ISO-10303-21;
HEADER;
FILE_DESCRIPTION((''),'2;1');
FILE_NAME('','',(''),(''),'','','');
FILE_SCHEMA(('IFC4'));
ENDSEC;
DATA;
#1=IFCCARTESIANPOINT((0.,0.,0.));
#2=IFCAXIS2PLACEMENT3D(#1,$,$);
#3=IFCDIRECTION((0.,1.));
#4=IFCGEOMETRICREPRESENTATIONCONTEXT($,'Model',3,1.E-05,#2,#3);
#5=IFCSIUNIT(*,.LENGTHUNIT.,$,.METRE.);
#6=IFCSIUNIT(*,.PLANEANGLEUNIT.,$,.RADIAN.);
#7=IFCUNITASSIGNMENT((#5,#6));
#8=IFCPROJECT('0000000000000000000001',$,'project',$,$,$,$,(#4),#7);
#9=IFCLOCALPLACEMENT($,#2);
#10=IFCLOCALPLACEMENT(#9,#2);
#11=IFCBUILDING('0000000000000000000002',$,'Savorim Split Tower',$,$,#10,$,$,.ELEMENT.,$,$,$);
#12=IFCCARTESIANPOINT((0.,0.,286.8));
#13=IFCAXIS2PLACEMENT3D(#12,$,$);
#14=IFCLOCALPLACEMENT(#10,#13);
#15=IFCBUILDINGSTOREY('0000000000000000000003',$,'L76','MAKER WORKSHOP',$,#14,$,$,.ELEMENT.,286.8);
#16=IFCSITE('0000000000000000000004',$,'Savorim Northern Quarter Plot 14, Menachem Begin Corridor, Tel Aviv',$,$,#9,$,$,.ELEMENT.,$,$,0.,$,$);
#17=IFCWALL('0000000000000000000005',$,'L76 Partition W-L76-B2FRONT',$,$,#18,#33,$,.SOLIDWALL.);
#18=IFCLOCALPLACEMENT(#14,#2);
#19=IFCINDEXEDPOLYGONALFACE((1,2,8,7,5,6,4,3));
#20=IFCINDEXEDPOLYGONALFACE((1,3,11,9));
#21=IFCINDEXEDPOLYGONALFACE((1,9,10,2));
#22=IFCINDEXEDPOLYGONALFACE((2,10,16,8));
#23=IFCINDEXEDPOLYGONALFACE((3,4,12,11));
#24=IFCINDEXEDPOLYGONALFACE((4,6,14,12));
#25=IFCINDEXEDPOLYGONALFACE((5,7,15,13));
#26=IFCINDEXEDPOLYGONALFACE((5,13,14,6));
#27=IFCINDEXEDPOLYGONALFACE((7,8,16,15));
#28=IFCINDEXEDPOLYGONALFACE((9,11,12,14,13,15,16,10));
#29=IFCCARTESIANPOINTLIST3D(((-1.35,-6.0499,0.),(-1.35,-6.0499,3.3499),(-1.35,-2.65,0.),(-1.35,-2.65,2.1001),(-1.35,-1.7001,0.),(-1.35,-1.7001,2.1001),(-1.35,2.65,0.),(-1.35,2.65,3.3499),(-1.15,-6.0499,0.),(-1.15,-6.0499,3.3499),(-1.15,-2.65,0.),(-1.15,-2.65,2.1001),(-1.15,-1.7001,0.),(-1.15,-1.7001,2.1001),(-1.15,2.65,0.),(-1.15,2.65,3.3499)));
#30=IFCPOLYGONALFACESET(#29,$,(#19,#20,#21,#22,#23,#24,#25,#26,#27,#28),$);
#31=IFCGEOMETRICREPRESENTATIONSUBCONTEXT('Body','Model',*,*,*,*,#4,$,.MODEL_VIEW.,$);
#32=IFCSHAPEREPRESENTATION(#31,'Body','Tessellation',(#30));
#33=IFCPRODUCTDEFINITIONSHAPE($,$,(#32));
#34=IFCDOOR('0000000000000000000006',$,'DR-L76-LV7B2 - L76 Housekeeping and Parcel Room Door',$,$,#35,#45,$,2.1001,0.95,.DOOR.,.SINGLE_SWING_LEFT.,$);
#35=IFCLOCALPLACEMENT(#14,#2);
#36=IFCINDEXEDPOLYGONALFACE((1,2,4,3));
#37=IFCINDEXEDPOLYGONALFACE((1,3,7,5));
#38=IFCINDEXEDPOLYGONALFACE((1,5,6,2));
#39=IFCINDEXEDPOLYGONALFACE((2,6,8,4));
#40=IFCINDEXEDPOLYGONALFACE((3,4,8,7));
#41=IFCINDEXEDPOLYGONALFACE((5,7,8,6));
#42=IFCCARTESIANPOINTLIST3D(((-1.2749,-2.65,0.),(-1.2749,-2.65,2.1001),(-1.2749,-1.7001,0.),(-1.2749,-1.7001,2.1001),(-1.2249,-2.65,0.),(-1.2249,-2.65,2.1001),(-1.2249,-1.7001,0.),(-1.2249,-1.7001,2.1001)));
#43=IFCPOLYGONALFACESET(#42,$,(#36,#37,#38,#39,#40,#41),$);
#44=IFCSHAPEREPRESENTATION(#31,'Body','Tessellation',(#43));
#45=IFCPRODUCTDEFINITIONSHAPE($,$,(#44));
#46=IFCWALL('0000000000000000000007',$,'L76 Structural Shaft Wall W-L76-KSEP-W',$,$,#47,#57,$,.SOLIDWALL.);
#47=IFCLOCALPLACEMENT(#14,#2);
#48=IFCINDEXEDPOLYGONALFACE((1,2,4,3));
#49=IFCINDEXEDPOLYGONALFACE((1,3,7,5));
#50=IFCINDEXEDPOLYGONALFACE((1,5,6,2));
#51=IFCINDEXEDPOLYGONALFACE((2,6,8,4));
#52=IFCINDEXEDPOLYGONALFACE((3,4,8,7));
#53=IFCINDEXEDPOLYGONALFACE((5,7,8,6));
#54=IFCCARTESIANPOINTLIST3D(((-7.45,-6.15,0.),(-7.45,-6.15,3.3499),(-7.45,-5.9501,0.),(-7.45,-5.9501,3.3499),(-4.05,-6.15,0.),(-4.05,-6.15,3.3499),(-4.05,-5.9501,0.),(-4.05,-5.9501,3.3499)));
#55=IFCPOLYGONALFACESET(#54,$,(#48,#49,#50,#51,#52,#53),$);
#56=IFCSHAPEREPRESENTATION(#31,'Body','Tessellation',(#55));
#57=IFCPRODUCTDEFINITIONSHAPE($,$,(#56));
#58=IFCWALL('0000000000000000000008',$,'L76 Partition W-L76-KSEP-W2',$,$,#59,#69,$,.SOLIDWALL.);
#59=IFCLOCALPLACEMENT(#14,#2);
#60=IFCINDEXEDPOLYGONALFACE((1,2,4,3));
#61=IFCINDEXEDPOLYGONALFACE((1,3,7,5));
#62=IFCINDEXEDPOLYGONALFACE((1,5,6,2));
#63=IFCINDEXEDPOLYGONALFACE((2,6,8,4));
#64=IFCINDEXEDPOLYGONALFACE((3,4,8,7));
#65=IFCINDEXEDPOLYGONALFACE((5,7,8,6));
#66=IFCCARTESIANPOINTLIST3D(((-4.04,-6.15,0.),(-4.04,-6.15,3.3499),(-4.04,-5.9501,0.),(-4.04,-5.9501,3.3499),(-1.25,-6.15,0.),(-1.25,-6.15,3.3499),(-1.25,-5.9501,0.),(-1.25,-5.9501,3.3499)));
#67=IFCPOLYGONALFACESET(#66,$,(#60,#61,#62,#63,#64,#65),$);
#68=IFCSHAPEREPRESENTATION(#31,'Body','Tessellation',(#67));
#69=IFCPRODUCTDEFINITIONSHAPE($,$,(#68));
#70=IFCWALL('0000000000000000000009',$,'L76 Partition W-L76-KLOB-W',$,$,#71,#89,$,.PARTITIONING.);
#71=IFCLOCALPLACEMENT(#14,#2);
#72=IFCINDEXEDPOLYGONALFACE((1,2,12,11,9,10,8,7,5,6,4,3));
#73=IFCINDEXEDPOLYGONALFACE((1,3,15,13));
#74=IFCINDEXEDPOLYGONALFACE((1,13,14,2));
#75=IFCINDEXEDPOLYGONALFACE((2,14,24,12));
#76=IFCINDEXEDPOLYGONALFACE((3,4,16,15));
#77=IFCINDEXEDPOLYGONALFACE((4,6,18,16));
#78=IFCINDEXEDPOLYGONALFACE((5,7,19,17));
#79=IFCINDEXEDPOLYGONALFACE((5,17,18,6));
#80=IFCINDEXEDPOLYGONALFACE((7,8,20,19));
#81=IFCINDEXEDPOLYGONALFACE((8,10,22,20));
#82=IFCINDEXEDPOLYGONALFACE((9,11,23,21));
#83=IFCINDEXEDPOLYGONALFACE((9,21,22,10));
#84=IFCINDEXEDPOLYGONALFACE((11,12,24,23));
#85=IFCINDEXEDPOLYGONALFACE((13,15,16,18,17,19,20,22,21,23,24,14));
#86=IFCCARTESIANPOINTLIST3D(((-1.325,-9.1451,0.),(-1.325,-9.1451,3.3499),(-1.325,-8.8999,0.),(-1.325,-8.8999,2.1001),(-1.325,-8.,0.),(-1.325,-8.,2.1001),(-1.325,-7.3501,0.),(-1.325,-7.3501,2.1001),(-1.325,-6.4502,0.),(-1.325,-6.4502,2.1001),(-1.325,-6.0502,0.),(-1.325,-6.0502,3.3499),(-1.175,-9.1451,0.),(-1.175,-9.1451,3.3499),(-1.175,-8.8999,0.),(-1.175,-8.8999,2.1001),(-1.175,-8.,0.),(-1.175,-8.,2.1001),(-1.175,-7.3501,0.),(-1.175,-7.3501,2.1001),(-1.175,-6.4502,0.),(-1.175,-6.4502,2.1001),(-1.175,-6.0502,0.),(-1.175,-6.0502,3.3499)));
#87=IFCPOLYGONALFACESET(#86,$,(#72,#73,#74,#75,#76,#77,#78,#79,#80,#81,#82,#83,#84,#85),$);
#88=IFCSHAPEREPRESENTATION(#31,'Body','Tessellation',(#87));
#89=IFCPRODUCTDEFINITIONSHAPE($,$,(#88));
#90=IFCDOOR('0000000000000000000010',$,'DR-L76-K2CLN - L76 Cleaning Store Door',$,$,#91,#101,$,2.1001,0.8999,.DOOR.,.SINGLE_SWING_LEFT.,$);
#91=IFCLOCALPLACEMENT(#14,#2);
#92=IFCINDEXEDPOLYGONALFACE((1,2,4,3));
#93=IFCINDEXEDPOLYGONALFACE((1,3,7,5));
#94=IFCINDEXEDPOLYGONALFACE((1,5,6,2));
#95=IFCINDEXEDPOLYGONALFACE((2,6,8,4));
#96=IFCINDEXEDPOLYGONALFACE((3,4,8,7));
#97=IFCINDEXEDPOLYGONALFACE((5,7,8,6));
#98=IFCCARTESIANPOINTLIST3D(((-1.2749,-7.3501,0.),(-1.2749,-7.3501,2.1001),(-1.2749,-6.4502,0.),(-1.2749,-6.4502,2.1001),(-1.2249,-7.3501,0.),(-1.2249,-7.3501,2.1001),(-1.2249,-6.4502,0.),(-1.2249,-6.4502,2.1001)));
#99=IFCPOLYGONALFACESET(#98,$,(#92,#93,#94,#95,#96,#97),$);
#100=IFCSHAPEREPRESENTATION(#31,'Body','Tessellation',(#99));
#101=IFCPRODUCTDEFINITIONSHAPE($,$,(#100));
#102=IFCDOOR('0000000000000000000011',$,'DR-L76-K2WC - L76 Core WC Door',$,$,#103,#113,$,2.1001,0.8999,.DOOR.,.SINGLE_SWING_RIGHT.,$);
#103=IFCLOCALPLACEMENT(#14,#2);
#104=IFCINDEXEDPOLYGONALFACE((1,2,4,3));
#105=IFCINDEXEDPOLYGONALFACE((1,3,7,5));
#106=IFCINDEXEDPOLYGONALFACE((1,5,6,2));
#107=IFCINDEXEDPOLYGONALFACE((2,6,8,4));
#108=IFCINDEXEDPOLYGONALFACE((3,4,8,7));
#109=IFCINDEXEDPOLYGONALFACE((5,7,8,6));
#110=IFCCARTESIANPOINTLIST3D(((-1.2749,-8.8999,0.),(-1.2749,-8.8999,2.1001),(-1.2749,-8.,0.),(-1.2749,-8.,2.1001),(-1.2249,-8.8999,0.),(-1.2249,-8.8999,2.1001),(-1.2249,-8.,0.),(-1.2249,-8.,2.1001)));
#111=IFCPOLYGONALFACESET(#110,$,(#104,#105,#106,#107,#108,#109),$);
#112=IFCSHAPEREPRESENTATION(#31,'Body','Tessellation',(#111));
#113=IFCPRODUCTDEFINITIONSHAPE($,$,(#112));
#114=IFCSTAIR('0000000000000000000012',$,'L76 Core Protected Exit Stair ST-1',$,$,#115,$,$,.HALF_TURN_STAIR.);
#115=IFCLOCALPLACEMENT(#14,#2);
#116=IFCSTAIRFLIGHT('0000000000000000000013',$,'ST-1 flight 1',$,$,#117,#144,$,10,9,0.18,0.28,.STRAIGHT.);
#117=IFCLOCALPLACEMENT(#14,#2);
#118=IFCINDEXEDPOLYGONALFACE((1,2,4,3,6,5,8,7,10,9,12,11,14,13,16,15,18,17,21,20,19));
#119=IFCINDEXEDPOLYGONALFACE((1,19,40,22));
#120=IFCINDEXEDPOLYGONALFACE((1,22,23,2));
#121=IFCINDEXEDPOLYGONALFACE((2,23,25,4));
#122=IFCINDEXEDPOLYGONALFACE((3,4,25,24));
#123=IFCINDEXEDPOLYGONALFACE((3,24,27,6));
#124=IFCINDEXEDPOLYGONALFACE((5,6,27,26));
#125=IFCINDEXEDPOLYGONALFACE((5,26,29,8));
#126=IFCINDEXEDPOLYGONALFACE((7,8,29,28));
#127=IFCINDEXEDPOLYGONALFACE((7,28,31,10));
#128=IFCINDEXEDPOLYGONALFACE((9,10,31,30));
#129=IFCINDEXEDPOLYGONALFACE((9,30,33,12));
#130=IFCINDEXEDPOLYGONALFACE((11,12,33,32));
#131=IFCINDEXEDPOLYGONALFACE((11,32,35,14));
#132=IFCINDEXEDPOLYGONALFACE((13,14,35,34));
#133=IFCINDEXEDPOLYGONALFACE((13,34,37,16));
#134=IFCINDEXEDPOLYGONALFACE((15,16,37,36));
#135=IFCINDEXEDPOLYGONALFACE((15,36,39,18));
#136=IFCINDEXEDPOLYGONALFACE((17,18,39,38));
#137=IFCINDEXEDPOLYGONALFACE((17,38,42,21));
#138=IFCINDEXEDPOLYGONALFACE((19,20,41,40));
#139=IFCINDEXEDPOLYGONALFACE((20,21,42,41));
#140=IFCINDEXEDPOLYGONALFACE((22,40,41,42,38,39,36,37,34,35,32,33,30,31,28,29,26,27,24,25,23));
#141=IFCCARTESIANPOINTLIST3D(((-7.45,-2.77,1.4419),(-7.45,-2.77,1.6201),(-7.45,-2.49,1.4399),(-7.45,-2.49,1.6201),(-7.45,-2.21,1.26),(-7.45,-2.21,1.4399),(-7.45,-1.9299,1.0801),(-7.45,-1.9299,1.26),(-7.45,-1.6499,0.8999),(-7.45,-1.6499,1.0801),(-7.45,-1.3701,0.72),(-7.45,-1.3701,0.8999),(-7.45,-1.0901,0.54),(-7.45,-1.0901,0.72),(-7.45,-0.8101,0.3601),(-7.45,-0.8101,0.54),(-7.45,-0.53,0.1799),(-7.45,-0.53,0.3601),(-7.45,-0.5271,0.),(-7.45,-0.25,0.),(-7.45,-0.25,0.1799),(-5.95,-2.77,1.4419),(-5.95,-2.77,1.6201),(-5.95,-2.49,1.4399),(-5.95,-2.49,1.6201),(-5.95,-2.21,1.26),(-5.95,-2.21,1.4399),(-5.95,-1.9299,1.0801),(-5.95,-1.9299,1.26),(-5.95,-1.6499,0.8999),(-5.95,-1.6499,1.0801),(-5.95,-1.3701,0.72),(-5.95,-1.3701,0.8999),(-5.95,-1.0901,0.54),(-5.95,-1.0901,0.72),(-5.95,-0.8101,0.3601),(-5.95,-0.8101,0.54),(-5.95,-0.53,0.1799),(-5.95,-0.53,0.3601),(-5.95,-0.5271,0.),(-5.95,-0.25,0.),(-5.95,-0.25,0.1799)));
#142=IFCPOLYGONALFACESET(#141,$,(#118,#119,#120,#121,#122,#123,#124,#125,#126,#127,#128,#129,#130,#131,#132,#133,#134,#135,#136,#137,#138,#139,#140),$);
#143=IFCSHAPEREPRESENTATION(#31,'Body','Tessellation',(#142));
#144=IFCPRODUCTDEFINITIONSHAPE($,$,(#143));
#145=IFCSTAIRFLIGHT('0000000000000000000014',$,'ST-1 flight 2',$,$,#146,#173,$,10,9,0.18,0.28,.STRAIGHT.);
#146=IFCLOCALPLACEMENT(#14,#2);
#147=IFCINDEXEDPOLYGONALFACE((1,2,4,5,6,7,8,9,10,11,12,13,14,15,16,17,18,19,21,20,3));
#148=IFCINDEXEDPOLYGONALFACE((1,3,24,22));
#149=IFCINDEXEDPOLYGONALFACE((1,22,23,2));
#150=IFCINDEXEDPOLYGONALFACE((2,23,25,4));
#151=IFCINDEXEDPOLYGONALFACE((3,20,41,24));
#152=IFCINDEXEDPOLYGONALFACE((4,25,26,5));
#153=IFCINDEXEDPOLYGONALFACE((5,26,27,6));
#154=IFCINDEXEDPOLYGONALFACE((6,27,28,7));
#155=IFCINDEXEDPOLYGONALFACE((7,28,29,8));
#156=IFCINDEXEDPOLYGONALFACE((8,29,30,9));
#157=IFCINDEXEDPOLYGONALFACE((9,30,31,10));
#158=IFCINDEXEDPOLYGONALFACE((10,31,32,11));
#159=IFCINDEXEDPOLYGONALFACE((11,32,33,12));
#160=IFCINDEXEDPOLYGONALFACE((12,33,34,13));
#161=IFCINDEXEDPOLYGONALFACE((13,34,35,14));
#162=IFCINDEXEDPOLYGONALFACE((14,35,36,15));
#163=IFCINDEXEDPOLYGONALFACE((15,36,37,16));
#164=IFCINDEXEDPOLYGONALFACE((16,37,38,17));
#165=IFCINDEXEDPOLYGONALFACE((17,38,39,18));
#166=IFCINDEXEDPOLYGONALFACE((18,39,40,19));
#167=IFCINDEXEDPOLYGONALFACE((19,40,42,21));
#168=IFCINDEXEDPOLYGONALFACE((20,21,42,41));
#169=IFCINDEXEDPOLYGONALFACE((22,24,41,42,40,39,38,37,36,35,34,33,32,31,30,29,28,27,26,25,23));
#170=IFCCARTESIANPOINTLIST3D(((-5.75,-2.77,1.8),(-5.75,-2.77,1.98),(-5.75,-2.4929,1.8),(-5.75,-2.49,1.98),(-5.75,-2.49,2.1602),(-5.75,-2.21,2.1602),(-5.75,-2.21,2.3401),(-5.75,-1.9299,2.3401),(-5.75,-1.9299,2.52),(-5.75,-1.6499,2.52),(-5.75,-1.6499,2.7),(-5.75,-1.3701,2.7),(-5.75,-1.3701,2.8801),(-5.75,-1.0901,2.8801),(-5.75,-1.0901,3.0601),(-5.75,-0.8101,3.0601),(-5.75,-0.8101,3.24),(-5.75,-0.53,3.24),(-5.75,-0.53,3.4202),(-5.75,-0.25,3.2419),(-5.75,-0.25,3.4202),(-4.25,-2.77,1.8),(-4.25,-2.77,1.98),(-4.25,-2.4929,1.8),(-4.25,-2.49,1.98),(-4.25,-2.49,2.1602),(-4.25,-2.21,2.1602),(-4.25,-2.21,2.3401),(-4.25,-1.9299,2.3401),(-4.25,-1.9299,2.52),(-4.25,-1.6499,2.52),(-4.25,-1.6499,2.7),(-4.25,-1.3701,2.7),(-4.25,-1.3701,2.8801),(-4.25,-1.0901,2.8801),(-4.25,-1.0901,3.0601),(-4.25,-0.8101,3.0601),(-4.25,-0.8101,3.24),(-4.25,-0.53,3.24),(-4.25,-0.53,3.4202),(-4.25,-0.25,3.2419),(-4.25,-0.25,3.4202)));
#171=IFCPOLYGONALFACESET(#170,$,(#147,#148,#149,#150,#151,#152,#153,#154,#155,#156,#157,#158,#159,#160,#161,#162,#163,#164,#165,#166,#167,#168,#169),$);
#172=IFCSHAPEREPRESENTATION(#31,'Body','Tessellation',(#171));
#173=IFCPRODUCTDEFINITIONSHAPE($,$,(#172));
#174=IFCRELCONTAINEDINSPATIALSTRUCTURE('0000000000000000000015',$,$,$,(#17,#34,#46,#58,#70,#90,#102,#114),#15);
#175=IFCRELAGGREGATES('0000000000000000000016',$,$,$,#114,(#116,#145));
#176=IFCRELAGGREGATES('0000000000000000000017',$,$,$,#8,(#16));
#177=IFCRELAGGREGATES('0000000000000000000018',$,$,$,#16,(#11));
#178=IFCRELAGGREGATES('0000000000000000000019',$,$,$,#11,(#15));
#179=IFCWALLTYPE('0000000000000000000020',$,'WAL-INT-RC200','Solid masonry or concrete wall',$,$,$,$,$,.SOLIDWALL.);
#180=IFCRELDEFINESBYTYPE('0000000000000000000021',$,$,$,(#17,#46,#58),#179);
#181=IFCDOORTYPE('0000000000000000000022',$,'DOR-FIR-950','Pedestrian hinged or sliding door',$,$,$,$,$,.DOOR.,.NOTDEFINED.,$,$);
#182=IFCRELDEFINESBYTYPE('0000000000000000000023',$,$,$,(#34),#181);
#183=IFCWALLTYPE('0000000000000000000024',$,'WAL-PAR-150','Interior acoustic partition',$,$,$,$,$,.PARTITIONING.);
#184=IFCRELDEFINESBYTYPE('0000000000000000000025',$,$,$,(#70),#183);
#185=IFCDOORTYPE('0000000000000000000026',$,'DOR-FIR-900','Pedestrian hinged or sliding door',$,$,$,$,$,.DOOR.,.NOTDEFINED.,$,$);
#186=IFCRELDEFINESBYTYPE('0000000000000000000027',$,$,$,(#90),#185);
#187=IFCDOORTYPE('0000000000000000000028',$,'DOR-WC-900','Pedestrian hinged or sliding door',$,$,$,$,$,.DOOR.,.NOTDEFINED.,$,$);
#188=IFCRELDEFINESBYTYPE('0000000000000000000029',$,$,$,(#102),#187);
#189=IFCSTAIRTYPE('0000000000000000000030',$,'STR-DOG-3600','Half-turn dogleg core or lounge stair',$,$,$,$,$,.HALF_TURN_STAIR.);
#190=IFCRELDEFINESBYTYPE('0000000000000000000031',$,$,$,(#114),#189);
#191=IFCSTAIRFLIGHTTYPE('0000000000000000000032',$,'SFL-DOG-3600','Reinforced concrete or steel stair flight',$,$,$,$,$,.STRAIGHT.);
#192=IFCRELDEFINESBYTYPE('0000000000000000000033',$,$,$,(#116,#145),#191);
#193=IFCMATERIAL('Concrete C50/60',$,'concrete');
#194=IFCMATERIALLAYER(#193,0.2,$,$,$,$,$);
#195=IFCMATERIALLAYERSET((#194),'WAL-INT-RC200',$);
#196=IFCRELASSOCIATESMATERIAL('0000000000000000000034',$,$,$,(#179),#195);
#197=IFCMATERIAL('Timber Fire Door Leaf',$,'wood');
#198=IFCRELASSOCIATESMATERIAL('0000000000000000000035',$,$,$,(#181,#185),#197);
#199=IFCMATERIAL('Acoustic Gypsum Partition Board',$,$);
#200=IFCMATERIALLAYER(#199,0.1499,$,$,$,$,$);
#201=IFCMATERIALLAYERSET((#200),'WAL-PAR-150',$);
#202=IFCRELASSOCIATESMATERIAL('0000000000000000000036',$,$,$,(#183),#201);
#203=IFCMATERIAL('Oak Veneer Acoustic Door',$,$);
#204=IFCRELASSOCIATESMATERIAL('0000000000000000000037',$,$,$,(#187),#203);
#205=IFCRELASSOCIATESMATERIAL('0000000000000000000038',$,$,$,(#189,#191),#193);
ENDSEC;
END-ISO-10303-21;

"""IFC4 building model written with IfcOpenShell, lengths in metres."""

from ifc_helpers import new_model, si_unit, direction, frame, frame_2d, origin, place, context, subcontext, project, spatial, polyline, rectangle, outline, extrude, material, layer, layer_set, type_object, element, fill, aggregate, save


model = new_model("IFC4")

# Units and contexts
model_context = context("Model", 3, precision=1e-05, world=origin(), true_north=direction((0.0, 1.0)))
body_context = subcontext(model_context, "Body", "Model", "MODEL_VIEW")
ifc_project = project(units=[si_unit("LENGTHUNIT", "METRE"), si_unit("PLANEANGLEUNIT", "RADIAN")], contexts=[model_context])

# Site, building, storey
site_placement = place(None, origin())
site = spatial("IfcSite", under=ifc_project, at=site_placement, Name="Savorim Northern Quarter Plot 14, Menachem Begin Corridor, Tel Aviv", CompositionType="ELEMENT", RefElevation=0.0)
building_placement = place(site_placement, origin())
building = spatial("IfcBuilding", under=site, at=building_placement, Name="Savorim Split Tower", CompositionType="ELEMENT")
storey_placement = place(building_placement, frame((0.0, 0.0, 286.8)))
storey = spatial("IfcBuildingStorey", under=building, at=storey_placement, Name="L76", Description="MAKER WORKSHOP", CompositionType="ELEMENT", Elevation=286.8)

# Shared definitions
ifc_material_1 = material(Name="Timber Fire Door Leaf", Category="wood")

# Shared definitions
ifc_material_2 = material(Name="Concrete C50/60", Category="concrete")
ifc_layer_1 = layer(ifc_material_2, 0.2)
ifc_layer_set_1 = layer_set([ifc_layer_1], Name="WAL-INT-RC200")
wall_type_1 = type_object("IfcWallType", Name="WAL-INT-RC200", Description="Solid masonry or concrete wall", PredefinedType="SOLIDWALL", material=ifc_layer_set_1)

# Wall, opening, door
wall_1_placement = place(storey_placement, frame((-1.25, -6.05, 0.0), z_axis=(0.0, 0.0, 1.0), x_axis=(0.0, 1.0, 0.0)))
wall_1 = element("IfcWall", 1, at=wall_1_placement, inside=storey, type_object=wall_type_1, Name="L76 Partition W-L76-B2FRONT", PredefinedType="SOLIDWALL", context=body_context, shape_type="SweptSolid", body=[
    extrude(rectangle(XDim=8.7, YDim=0.2, at=frame_2d((4.3501, 0.0))), origin(), (0.0, 0.0, 1.0), 3.3499),
])
opening_1_placement = place(wall_1_placement, frame((3.3999, 0.0, 0.0)))
opening_1 = element("IfcOpeningElement", 2, at=opening_1_placement, cuts=wall_1, PredefinedType="OPENING", context=body_context, shape_type="SweptSolid", body=[
    extrude(rectangle(XDim=0.95, YDim=2.1001, at=frame_2d((0.4751, 1.05))), frame((0.0, 0.1099, 0.0), z_axis=(0.0, -1.0, 0.0), x_axis=(1.0, 0.0, 0.0)), (0.0, 0.0, 1.0), 0.22),
])
door_type_1 = type_object("IfcDoorType", Name="DOR-FIR-950", Description="Pedestrian hinged or sliding door", OperationType="NOTDEFINED", PredefinedType="DOOR", material=ifc_material_1)
door_1_placement = place(opening_1_placement, origin())
door_1 = element("IfcDoor", 3, at=door_1_placement, inside=storey, type_object=door_type_1, Name="DR-L76-LV7B2 - L76 Housekeeping and Parcel Room Door", OperationType="SINGLE_SWING_LEFT", OverallHeight=2.1001, OverallWidth=0.95, PredefinedType="DOOR", context=body_context, shape_type="SweptSolid", body=[
    extrude(rectangle(XDim=0.95, YDim=2.1001, at=frame_2d((0.4751, 1.05))), frame((0.0, 0.0249, 0.0), z_axis=(0.0, -1.0, 0.0), x_axis=(1.0, 0.0, 0.0)), (0.0, 0.0, 1.0), 0.05),
])
fill(opening_1, door_1)

# Walls
wall_2_placement = place(storey_placement, frame((-7.45, -6.05, 0.0), z_axis=(0.0, 0.0, 1.0), x_axis=(1.0, 0.0, 0.0)))
element("IfcWall", 4, at=wall_2_placement, inside=storey, type_object=wall_type_1, Name="L76 Structural Shaft Wall W-L76-KSEP-W", PredefinedType="SOLIDWALL", context=body_context, shape_type="SweptSolid", body=[
    extrude(rectangle(XDim=3.3999, YDim=0.2, at=frame_2d((1.7, 0.0))), origin(), (0.0, 0.0, 1.0), 3.3499),
])
wall_3_placement = place(storey_placement, frame((-4.04, -6.05, 0.0), z_axis=(0.0, 0.0, 1.0), x_axis=(1.0, 0.0, 0.0)))
element("IfcWall", 5, at=wall_3_placement, inside=storey, type_object=wall_type_1, Name="L76 Partition W-L76-KSEP-W2", PredefinedType="SOLIDWALL", context=body_context, shape_type="SweptSolid", body=[
    extrude(rectangle(XDim=2.79, YDim=0.2, at=frame_2d((1.395, 0.0))), origin(), (0.0, 0.0, 1.0), 3.3499),
])

# Wall, openings, doors
ifc_material_3 = material(Name="Acoustic Gypsum Partition Board")
ifc_layer_2 = layer(ifc_material_3, 0.1499)
ifc_layer_set_2 = layer_set([ifc_layer_2], Name="WAL-PAR-150")
wall_type_2 = type_object("IfcWallType", Name="WAL-PAR-150", Description="Interior acoustic partition", PredefinedType="PARTITIONING", material=ifc_layer_set_2)
wall_4_placement = place(storey_placement, frame((-1.25, -9.145, 0.0), z_axis=(0.0, 0.0, 1.0), x_axis=(0.0, 1.0, 0.0)))
wall_4 = element("IfcWall", 6, at=wall_4_placement, inside=storey, type_object=wall_type_2, Name="L76 Partition W-L76-KLOB-W", PredefinedType="PARTITIONING", context=body_context, shape_type="SweptSolid", body=[
    extrude(rectangle(XDim=3.095, YDim=0.1499, at=frame_2d((1.5474, 0.0))), origin(), (0.0, 0.0, 1.0), 3.3499),
])
opening_2_placement = place(wall_4_placement, frame((1.7949, 0.0, 0.0)))
opening_2 = element("IfcOpeningElement", 7, at=opening_2_placement, cuts=wall_4, PredefinedType="OPENING", context=body_context, shape_type="SweptSolid", body=[
    extrude(rectangle(XDim=0.8999, YDim=2.1001, at=frame_2d((0.45, 1.05))), frame((0.0, 0.085, 0.0), z_axis=(0.0, -1.0, 0.0), x_axis=(1.0, 0.0, 0.0)), (0.0, 0.0, 1.0), 0.1699),
])
opening_3_placement = place(wall_4_placement, frame((0.2451, 0.0, 0.0)))
opening_3 = element("IfcOpeningElement", 8, at=opening_3_placement, cuts=wall_4, PredefinedType="OPENING", context=body_context, shape_type="SweptSolid", body=[
    extrude(rectangle(XDim=0.8999, YDim=2.1001, at=frame_2d((0.45, 1.05))), frame((0.0, 0.085, 0.0), z_axis=(0.0, -1.0, 0.0), x_axis=(1.0, 0.0, 0.0)), (0.0, 0.0, 1.0), 0.1699),
])
door_type_2 = type_object("IfcDoorType", Name="DOR-FIR-900", Description="Pedestrian hinged or sliding door", OperationType="NOTDEFINED", PredefinedType="DOOR", material=ifc_material_1)
door_2_placement = place(opening_2_placement, origin())
door_2 = element("IfcDoor", 9, at=door_2_placement, inside=storey, type_object=door_type_2, Name="DR-L76-K2CLN - L76 Cleaning Store Door", OperationType="SINGLE_SWING_LEFT", OverallHeight=2.1001, OverallWidth=0.8999, PredefinedType="DOOR", context=body_context, shape_type="SweptSolid", body=[
    extrude(rectangle(XDim=0.8999, YDim=2.1001, at=frame_2d((0.45, 1.05))), frame((0.0, 0.0249, 0.0), z_axis=(0.0, -1.0, 0.0), x_axis=(1.0, 0.0, 0.0)), (0.0, 0.0, 1.0), 0.05),
])
fill(opening_2, door_2)
ifc_material_4 = material(Name="Oak Veneer Acoustic Door")
door_type_3 = type_object("IfcDoorType", Name="DOR-WC-900", Description="Pedestrian hinged or sliding door", OperationType="NOTDEFINED", PredefinedType="DOOR", material=ifc_material_4)
door_3_placement = place(opening_3_placement, origin())
door_3 = element("IfcDoor", 10, at=door_3_placement, inside=storey, type_object=door_type_3, Name="DR-L76-K2WC - L76 Core WC Door", OperationType="SINGLE_SWING_RIGHT", OverallHeight=2.1001, OverallWidth=0.8999, PredefinedType="DOOR", context=body_context, shape_type="SweptSolid", body=[
    extrude(rectangle(XDim=0.8999, YDim=2.1001, at=frame_2d((0.45, 1.05))), frame((0.0, 0.0249, 0.0), z_axis=(0.0, -1.0, 0.0), x_axis=(1.0, 0.0, 0.0)), (0.0, 0.0, 1.0), 0.05),
])
fill(opening_3, door_3)

# Stair, stair flights
stair_type = type_object("IfcStairType", Name="STR-DOG-3600", Description="Half-turn dogleg core or lounge stair", PredefinedType="HALF_TURN_STAIR", material=ifc_material_2)
stair_placement = place(storey_placement, origin())
stair = element("IfcStair", 11, at=stair_placement, inside=storey, type_object=stair_type, Name="L76 Core Protected Exit Stair ST-1", PredefinedType="HALF_TURN_STAIR")
stair_flight_type = type_object("IfcStairFlightType", Name="SFL-DOG-3600", Description="Reinforced concrete or steel stair flight", PredefinedType="STRAIGHT", material=ifc_material_2)
stair_flight_1_placement = place(storey_placement, frame((-6.7, -0.25, 0.0), z_axis=(0.0, 0.0, 1.0), x_axis=(0.0, -1.0, 0.0)))
stair_flight_1 = element("IfcStairFlight", 12, at=stair_flight_1_placement, type_object=stair_flight_type, Name="ST-1 flight 1", NumberOfRisers=10, NumberOfTreads=9, PredefinedType="STRAIGHT", RiserHeight=0.18, TreadLength=0.28, context=body_context, shape_type="SweptSolid", body=[
    extrude(outline(polyline([(0.0, 0.0), (0.0, 0.1799), (0.28, 0.1799), (0.28, 0.3601), (0.5601, 0.3601), (0.5601, 0.54), (0.8401, 0.54), (0.8401, 0.72), (1.1201, 0.72), (1.1201, 0.8999), (1.3999, 0.8999), (1.3999, 1.0801), (1.6799, 1.0801), (1.6799, 1.26), (1.96, 1.26), (1.96, 1.4399), (2.24, 1.4399), (2.24, 1.6201), (2.52, 1.6201), (2.52, 1.8), (2.52, 1.4419), (0.2771, 0.0), (0.0, 0.0)])), frame((0.0, 0.75, 0.0), z_axis=(0.0, -1.0, 0.0), x_axis=(1.0, 0.0, 0.0)), (0.0, 0.0, 1.0), 1.5),
])
stair_flight_2_placement = place(storey_placement, frame((-5.0, -2.77, 1.8), z_axis=(0.0, 0.0, 1.0), x_axis=(0.0, 1.0, 0.0)))
stair_flight_2 = element("IfcStairFlight", 13, at=stair_flight_2_placement, type_object=stair_flight_type, Name="ST-1 flight 2", NumberOfRisers=10, NumberOfTreads=9, PredefinedType="STRAIGHT", RiserHeight=0.18, TreadLength=0.28, context=body_context, shape_type="SweptSolid", body=[
    extrude(outline(polyline([(0.0, 0.0), (0.0, 0.1799), (0.28, 0.1799), (0.28, 0.3601), (0.5601, 0.3601), (0.5601, 0.54), (0.8401, 0.54), (0.8401, 0.72), (1.1201, 0.72), (1.1201, 0.8999), (1.3999, 0.8999), (1.3999, 1.0801), (1.6799, 1.0801), (1.6799, 1.26), (1.96, 1.26), (1.96, 1.4399), (2.24, 1.4399), (2.24, 1.6201), (2.52, 1.6201), (2.52, 1.8), (2.52, 1.4419), (0.2771, 0.0), (0.0, 0.0)])), frame((0.0, 0.75, 0.0), z_axis=(0.0, -1.0, 0.0), x_axis=(1.0, 0.0, 0.0)), (0.0, 0.0, 1.0), 1.5),
])
aggregate(stair, [stair_flight_1, stair_flight_2])

save(model, "model.ifc")
